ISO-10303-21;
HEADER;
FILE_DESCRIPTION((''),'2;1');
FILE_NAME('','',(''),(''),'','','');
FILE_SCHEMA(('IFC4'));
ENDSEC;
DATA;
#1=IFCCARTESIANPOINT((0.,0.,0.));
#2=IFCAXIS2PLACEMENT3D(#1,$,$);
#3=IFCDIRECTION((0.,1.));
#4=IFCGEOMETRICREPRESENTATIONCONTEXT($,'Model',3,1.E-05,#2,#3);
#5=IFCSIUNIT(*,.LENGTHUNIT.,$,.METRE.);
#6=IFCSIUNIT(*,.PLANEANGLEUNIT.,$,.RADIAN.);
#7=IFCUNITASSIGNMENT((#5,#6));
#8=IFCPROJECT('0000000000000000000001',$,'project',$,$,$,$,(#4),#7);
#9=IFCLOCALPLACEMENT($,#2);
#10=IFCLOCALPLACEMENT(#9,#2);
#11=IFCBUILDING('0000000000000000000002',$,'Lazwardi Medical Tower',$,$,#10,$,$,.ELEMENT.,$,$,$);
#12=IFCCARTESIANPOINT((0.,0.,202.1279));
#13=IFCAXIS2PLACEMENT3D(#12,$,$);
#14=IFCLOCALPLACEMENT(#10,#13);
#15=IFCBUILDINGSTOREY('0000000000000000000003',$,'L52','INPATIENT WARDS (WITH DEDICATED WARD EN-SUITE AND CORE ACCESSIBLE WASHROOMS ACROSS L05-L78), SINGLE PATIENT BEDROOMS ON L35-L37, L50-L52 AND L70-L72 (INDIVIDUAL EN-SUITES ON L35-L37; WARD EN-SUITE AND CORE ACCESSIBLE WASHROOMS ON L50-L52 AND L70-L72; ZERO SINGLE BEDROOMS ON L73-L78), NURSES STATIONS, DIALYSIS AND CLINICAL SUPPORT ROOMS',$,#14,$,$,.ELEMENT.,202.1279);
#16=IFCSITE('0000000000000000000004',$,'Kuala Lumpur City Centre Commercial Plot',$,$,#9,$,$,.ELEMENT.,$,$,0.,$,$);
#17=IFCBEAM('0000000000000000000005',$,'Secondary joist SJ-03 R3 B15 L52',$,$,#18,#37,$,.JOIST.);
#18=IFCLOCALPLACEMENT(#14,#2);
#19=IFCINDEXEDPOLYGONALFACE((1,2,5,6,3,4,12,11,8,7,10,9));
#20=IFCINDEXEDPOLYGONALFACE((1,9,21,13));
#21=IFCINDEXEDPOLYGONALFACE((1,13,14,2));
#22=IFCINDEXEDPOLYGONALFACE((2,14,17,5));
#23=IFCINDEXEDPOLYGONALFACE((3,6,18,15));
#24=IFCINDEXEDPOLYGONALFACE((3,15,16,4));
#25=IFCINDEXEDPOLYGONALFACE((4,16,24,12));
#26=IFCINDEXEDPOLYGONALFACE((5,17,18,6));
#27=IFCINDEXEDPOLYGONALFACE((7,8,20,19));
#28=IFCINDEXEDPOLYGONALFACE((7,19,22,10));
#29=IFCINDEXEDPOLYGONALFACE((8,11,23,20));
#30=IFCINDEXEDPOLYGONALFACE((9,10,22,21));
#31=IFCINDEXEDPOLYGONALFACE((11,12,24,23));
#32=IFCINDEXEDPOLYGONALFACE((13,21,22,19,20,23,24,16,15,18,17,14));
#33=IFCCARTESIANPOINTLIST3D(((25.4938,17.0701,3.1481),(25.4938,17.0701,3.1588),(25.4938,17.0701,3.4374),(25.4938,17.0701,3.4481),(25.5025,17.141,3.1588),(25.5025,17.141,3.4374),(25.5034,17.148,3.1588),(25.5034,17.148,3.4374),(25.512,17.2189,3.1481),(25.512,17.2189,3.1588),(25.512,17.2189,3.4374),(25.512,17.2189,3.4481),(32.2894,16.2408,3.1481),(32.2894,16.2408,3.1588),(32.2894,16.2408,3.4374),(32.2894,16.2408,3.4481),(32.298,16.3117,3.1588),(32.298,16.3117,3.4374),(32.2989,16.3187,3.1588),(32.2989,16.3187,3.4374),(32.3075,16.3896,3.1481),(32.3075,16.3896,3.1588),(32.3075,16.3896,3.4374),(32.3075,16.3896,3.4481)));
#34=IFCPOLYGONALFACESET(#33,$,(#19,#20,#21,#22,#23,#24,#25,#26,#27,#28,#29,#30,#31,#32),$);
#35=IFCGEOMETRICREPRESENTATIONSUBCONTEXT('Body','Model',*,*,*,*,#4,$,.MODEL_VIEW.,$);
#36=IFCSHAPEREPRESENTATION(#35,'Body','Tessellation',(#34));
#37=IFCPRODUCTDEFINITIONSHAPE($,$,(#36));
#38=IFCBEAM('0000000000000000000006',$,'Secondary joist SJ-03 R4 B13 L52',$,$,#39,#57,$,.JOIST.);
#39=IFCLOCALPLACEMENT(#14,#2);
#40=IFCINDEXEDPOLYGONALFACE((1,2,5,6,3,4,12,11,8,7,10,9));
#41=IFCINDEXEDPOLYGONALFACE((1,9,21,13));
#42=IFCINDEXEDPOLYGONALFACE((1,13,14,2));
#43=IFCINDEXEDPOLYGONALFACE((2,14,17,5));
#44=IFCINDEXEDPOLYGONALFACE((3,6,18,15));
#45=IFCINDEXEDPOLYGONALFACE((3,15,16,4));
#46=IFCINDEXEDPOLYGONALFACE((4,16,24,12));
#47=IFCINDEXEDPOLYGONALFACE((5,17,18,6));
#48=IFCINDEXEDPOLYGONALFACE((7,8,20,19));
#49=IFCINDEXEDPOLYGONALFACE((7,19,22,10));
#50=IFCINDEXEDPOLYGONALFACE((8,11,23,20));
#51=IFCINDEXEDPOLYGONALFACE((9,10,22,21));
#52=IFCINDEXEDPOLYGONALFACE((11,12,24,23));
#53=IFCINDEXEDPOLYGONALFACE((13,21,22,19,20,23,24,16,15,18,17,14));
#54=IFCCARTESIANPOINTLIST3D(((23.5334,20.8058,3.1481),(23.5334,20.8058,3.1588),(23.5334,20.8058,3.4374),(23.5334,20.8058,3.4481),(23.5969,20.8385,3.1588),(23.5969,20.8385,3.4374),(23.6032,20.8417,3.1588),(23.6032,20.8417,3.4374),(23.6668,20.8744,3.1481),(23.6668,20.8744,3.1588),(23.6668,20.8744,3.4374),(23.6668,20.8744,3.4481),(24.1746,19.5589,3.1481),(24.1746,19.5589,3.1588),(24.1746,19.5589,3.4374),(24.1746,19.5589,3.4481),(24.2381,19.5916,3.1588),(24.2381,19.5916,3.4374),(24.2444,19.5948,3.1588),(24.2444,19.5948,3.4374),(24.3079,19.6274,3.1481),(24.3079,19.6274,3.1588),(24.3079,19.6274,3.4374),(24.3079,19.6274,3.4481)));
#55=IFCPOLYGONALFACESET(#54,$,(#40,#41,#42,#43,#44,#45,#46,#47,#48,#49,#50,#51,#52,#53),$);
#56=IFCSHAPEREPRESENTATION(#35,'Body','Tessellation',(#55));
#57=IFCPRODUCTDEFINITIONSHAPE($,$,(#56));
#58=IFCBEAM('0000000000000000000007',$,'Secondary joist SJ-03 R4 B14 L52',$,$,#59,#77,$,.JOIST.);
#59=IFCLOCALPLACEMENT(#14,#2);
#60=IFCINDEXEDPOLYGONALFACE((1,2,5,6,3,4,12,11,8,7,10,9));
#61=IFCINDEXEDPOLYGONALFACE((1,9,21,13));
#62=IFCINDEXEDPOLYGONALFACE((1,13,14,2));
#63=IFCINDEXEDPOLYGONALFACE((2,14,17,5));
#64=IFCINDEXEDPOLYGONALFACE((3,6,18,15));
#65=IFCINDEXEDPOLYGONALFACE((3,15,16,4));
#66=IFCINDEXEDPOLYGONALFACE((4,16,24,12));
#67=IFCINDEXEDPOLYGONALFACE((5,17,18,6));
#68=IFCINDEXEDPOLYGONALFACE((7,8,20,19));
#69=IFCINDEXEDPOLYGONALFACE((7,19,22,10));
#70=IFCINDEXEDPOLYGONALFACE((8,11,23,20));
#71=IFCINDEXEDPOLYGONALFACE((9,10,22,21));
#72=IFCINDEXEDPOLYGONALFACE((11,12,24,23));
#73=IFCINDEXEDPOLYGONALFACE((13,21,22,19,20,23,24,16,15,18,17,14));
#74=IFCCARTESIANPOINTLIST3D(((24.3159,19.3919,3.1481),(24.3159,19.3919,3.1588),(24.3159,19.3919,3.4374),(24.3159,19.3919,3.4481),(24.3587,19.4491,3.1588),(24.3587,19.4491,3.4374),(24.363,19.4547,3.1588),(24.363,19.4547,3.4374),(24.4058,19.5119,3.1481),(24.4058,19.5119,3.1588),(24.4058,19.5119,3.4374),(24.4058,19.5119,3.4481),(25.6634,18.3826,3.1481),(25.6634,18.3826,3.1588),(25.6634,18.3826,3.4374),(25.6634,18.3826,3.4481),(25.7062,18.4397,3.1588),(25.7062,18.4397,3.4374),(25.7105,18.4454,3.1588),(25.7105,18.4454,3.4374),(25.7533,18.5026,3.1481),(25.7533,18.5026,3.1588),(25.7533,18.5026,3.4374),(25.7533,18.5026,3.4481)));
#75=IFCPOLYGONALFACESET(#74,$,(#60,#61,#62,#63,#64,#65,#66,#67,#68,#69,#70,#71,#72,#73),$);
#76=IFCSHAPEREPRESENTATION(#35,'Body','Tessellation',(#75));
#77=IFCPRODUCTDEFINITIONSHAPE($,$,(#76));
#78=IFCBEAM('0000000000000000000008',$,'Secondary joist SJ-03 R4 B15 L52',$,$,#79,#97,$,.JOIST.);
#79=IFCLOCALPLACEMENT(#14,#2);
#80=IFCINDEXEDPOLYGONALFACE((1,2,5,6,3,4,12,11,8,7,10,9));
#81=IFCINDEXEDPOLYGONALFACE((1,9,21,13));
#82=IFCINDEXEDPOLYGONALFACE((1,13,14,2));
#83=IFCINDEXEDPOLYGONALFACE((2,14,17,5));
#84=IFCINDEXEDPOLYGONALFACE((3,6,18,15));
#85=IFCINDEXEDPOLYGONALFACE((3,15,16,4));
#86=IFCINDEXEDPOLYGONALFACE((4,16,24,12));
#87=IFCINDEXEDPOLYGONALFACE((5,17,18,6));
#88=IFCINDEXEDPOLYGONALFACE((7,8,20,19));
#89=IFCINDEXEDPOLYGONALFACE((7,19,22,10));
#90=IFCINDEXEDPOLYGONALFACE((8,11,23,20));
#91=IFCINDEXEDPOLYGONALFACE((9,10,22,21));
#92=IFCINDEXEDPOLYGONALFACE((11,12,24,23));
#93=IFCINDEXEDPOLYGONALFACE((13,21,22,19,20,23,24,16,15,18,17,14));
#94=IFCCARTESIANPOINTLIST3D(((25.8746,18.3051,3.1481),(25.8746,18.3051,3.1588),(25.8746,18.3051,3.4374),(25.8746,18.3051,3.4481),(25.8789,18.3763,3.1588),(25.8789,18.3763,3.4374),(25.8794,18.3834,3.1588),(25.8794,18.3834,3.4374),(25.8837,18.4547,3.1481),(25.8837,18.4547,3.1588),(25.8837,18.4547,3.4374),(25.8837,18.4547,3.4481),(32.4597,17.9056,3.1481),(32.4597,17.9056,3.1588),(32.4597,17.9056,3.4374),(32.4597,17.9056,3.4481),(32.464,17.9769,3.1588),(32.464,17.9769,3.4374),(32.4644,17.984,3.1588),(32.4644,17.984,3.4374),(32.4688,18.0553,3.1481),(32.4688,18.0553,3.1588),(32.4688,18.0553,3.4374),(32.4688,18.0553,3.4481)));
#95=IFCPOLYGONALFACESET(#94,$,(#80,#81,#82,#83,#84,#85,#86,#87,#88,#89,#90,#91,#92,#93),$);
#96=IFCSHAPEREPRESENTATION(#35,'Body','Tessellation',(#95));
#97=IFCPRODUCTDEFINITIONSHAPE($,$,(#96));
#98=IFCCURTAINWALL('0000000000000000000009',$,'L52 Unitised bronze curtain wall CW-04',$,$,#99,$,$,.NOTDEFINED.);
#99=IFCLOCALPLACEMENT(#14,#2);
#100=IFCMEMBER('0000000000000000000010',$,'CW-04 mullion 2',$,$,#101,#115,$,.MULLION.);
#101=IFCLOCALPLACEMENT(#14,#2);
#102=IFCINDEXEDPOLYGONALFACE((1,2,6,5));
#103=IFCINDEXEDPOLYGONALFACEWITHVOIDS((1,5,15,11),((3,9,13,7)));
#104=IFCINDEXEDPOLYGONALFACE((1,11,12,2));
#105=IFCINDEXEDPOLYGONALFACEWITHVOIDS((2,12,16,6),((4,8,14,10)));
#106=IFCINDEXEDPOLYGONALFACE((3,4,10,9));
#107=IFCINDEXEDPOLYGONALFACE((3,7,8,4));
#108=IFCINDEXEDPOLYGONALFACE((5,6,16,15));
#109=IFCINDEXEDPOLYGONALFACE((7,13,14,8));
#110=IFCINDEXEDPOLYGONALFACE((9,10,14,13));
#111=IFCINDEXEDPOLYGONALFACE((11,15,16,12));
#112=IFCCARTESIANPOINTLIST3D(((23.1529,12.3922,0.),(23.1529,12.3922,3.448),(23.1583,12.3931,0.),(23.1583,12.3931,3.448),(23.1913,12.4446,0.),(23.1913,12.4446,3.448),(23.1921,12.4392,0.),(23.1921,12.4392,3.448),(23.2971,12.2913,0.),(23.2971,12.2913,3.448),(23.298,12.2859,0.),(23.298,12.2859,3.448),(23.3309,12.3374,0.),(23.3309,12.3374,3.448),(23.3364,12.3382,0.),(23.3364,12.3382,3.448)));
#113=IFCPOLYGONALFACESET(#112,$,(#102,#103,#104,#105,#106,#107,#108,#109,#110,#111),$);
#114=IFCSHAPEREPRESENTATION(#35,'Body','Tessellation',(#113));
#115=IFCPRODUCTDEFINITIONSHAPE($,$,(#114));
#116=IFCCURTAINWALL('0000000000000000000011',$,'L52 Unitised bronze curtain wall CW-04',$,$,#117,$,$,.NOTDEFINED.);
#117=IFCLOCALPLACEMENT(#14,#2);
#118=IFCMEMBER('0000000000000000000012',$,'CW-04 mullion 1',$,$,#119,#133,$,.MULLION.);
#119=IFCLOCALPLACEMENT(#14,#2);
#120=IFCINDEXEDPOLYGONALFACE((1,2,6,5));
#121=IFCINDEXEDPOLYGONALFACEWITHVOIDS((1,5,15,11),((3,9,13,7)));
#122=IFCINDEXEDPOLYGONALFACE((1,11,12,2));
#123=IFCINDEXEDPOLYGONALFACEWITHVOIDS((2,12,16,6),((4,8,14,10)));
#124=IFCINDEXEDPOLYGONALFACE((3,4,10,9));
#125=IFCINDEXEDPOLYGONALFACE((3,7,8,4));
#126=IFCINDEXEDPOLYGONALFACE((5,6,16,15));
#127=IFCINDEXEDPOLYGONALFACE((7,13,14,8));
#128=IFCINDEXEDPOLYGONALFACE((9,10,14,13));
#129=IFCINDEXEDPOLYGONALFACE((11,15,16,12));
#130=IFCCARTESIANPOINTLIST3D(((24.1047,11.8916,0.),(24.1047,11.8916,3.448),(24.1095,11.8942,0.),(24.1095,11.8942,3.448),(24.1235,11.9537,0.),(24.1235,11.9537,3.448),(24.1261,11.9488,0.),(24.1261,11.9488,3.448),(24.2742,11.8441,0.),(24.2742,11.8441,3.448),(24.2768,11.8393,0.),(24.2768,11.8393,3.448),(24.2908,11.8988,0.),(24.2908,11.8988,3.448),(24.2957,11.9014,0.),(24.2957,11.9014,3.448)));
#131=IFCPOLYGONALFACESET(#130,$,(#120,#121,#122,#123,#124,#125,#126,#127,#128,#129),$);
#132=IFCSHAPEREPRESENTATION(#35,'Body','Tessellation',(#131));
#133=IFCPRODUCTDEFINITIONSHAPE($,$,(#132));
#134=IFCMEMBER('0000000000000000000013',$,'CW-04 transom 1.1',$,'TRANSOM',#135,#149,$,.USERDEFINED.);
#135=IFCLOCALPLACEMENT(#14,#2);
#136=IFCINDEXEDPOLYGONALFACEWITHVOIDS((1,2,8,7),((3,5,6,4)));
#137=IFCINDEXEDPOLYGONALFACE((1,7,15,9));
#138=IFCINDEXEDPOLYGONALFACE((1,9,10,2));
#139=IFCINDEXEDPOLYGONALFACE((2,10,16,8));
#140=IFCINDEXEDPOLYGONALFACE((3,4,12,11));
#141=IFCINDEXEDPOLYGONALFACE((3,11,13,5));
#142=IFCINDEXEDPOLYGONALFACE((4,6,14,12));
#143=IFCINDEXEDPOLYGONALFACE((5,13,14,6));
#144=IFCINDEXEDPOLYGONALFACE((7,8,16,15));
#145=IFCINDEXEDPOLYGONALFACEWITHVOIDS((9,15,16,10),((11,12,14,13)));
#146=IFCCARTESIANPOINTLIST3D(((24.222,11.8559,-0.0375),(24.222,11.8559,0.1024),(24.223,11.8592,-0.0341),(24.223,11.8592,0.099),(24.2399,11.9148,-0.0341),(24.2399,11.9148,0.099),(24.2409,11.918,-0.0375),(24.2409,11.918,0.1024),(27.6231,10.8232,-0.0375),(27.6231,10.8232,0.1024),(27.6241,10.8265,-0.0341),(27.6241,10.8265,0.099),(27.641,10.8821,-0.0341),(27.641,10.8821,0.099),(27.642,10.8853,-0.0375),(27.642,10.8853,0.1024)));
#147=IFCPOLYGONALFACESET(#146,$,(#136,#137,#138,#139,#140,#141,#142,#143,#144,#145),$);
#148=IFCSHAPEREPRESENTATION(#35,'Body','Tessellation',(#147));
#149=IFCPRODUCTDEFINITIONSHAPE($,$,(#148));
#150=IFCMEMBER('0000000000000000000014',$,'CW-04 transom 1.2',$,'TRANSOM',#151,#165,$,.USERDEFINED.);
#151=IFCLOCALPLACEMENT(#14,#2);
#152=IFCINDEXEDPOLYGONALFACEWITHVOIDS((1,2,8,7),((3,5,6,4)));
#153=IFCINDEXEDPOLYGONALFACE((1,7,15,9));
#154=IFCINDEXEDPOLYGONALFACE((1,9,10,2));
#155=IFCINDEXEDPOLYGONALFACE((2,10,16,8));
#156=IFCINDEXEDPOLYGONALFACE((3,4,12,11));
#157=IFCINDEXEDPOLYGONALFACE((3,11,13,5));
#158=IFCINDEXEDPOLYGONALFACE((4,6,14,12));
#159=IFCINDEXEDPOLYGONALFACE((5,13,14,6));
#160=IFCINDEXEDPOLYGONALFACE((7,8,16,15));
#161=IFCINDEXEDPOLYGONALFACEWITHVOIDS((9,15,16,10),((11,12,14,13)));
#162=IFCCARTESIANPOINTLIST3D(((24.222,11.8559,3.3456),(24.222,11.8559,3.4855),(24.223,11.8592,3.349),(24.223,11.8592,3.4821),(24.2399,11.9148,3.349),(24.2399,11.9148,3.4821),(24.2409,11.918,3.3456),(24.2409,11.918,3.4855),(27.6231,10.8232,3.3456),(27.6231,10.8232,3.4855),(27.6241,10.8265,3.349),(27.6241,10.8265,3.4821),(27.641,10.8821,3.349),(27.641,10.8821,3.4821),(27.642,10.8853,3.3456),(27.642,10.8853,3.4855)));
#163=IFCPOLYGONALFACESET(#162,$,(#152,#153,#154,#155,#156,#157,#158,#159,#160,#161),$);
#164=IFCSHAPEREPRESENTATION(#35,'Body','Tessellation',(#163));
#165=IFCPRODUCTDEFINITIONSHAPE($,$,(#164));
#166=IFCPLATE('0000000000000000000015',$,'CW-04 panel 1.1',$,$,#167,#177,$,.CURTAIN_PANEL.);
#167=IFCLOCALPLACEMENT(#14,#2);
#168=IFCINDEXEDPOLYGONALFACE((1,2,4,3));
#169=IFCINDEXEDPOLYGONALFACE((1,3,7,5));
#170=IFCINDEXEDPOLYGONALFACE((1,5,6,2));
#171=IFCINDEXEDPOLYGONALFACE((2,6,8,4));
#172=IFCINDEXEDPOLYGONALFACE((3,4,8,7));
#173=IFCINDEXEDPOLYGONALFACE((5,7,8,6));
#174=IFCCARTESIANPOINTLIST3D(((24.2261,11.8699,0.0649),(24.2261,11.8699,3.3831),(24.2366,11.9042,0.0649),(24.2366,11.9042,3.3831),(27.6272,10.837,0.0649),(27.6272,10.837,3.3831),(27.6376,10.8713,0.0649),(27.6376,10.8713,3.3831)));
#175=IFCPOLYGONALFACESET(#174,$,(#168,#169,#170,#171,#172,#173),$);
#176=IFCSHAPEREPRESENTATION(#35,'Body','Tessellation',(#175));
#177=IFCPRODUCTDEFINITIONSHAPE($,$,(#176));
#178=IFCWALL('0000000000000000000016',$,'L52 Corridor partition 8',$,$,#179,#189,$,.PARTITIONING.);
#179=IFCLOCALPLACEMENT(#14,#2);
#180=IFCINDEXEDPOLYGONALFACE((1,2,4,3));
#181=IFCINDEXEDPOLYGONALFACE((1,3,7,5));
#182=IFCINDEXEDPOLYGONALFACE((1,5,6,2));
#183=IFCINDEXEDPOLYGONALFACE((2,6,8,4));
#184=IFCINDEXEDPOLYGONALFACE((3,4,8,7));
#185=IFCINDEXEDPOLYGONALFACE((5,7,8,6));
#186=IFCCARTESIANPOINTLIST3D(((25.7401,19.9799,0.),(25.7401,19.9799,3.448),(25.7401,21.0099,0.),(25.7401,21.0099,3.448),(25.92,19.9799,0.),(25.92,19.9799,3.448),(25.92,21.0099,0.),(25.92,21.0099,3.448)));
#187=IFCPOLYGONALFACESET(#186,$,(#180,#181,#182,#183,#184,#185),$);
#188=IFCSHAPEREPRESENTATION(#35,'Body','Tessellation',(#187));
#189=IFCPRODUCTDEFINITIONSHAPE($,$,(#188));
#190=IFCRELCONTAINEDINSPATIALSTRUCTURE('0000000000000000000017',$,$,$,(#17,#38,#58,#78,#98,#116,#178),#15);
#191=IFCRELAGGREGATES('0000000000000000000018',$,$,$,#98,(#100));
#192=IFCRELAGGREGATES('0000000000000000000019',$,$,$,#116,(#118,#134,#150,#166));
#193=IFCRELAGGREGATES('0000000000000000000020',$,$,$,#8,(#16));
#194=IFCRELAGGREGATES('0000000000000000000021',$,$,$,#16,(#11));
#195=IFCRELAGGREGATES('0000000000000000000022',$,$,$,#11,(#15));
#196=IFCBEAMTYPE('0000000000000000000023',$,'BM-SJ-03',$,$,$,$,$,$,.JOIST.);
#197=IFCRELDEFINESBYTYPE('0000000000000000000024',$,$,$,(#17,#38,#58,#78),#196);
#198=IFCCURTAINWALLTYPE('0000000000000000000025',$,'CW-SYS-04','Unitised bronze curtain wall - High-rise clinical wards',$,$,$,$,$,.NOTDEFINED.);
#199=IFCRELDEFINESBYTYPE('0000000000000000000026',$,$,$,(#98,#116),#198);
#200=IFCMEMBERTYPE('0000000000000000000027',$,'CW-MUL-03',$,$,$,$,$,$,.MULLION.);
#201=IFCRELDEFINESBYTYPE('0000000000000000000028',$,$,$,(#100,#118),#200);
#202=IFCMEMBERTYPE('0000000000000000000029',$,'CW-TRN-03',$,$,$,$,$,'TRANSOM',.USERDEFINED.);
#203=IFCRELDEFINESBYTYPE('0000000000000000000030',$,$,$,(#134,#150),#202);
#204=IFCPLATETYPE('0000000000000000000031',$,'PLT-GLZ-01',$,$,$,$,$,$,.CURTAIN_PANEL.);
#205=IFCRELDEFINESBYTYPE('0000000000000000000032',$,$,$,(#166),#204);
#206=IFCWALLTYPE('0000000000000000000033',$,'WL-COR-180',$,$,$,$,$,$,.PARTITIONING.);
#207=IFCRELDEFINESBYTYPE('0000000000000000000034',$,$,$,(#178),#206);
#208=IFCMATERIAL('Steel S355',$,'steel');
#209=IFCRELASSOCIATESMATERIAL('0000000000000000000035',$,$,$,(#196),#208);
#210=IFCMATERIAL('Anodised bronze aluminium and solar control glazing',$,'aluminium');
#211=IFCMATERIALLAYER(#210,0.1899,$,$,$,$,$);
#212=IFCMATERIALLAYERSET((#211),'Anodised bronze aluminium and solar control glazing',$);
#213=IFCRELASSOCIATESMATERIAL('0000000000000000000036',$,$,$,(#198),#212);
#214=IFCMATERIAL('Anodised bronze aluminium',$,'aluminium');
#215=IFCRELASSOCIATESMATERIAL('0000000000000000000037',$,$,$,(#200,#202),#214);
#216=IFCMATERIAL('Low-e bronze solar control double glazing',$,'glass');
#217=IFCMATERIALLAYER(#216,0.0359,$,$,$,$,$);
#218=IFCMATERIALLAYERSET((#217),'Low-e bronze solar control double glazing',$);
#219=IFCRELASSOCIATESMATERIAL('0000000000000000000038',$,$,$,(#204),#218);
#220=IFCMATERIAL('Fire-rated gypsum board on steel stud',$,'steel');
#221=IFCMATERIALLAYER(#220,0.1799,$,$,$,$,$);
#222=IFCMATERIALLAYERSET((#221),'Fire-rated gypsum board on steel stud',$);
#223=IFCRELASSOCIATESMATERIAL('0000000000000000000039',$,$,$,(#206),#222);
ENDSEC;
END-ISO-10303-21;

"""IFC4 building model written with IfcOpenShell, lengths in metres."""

from ifc_helpers import new_model, si_unit, direction, frame, frame_2d, origin, origin_2d, place, context, subcontext, project, spatial, rectangle, hollow_rectangle, i_section, extrude, material, layer, layer_set, material_profile, profile_set, type_object, element, aggregate, save


model = new_model("IFC4")

# Units and contexts
model_context = context("Model", 3, precision=1e-05, world=origin(), true_north=direction((0.0, 1.0)))
body_context = subcontext(model_context, "Body", "Model", "MODEL_VIEW")
ifc_project = project(units=[si_unit("LENGTHUNIT", "METRE"), si_unit("PLANEANGLEUNIT", "RADIAN")], contexts=[model_context])

# Site, building, storey
site_placement = place(None, origin())
site = spatial("IfcSite", under=ifc_project, at=site_placement, Name="Kuala Lumpur City Centre Commercial Plot", CompositionType="ELEMENT", RefElevation=0.0)
building_placement = place(site_placement, origin())
building = spatial("IfcBuilding", under=site, at=building_placement, Name="Lazwardi Medical Tower", CompositionType="ELEMENT")
storey_placement = place(building_placement, frame((0.0, 0.0, 202.1279)))
storey = spatial("IfcBuildingStorey", under=building, at=storey_placement, Name="L52", Description="INPATIENT WARDS (WITH DEDICATED WARD EN-SUITE AND CORE ACCESSIBLE WASHROOMS ACROSS L05-L78), SINGLE PATIENT BEDROOMS ON L35-L37, L50-L52 AND L70-L72 (INDIVIDUAL EN-SUITES ON L35-L37; WARD EN-SUITE AND CORE ACCESSIBLE WASHROOMS ON L50-L52 AND L70-L72; ZERO SINGLE BEDROOMS ON L73-L78), NURSES STATIONS, DIALYSIS AND CLINICAL SUPPORT ROOMS", CompositionType="ELEMENT", Elevation=202.1279)

# Beams
ifc_material_1 = material(Name="Steel S355", Category="steel")
ifc_material_profile_1 = material_profile(ifc_material_1, i_section(OverallWidth=0.1499, OverallDepth=0.3, WebThickness=0.0071, FlangeThickness=0.0107, at=origin_2d()), Name="IPE 300")
ifc_profile_set_1 = profile_set([ifc_material_profile_1], Name="Steel S355")
beam_type_1 = type_object("IfcBeamType", Name="BM-SJ-03", PredefinedType="JOIST", material=ifc_profile_set_1)
beam_1_placement = place(storey_placement, frame((25.5029, 17.1445, 3.2981), z_axis=(0.992635, -0.121146, 0.0), x_axis=(0.121146, 0.992635, 0.0)))
element("IfcBeam", 1, at=beam_1_placement, inside=storey, type_object=beam_type_1, Name="Secondary joist SJ-03 R3 B15 L52", PredefinedType="JOIST", context=body_context, shape_type="SweptSolid", body=[
    extrude(i_section(OverallWidth=0.1499, OverallDepth=0.3, WebThickness=0.0071, FlangeThickness=0.0107, at=origin_2d()), origin(), (0.0, 0.0, 1.0), 6.8459),
])
beam_2_placement = place(storey_placement, frame((23.6001, 20.8401, 3.2981), z_axis=(0.457285, -0.88932, 0.0), x_axis=(0.88932, 0.457285, 0.0)))
element("IfcBeam", 2, at=beam_2_placement, inside=storey, type_object=beam_type_1, Name="Secondary joist SJ-03 R4 B13 L52", PredefinedType="JOIST", context=body_context, shape_type="SweptSolid", body=[
    extrude(i_section(OverallWidth=0.1499, OverallDepth=0.3, WebThickness=0.0071, FlangeThickness=0.0107, at=origin_2d()), origin(), (0.0, 0.0, 1.0), 1.4021),
])
beam_3_placement = place(storey_placement, frame((24.3608, 19.4519, 3.2981), z_axis=(0.800365, -0.599513, 0.0), x_axis=(0.599513, 0.800365, 0.0)))
element("IfcBeam", 3, at=beam_3_placement, inside=storey, type_object=beam_type_1, Name="Secondary joist SJ-03 R4 B14 L52", PredefinedType="JOIST", context=body_context, shape_type="SweptSolid", body=[
    extrude(i_section(OverallWidth=0.1499, OverallDepth=0.3, WebThickness=0.0071, FlangeThickness=0.0107, at=origin_2d()), origin(), (0.0, 0.0, 1.0), 1.6836),
])
beam_4_placement = place(storey_placement, frame((25.8792, 18.3799, 3.2981), z_axis=(0.998166, -0.060544, 0.0), x_axis=(0.060544, 0.998166, 0.0)))
element("IfcBeam", 4, at=beam_4_placement, inside=storey, type_object=beam_type_1, Name="Secondary joist SJ-03 R4 B15 L52", PredefinedType="JOIST", context=body_context, shape_type="SweptSolid", body=[
    extrude(i_section(OverallWidth=0.1499, OverallDepth=0.3, WebThickness=0.0071, FlangeThickness=0.0107, at=origin_2d()), origin(), (0.0, 0.0, 1.0), 6.5972),
])

# Curtain wall, member
ifc_material_2 = material(Name="Anodised bronze aluminium and solar control glazing", Category="aluminium")
ifc_layer_1 = layer(ifc_material_2, 0.1899)
ifc_layer_set_1 = layer_set([ifc_layer_1], Name="Anodised bronze aluminium and solar control glazing")
curtain_wall_type = type_object("IfcCurtainWallType", Name="CW-SYS-04", Description="Unitised bronze curtain wall - High-rise clinical wards", PredefinedType="NOTDEFINED", material=ifc_layer_set_1)
curtain_wall_1_placement = place(storey_placement, origin())
curtain_wall_1 = element("IfcCurtainWall", 5, at=curtain_wall_1_placement, inside=storey, type_object=curtain_wall_type, Name="L52 Unitised bronze curtain wall CW-04", PredefinedType="NOTDEFINED")
ifc_material_3 = material(Name="Anodised bronze aluminium", Category="aluminium")
ifc_material_profile_2 = material_profile(ifc_material_3, hollow_rectangle(XDim=0.0649, YDim=0.1799, WallThickness=0.0039, at=origin_2d()), Name="ALU-MULLION 180x65x4")
ifc_profile_set_2 = profile_set([ifc_material_profile_2], Name="Anodised bronze aluminium")
member_type_1 = type_object("IfcMemberType", Name="CW-MUL-03", PredefinedType="MULLION", material=ifc_profile_set_2)
member_1_placement = place(storey_placement, frame((23.2446, 12.3652, 0.0), z_axis=(0.0, 0.0, 1.0), x_axis=(0.591268, 0.806475, 0.0)))
member_1 = element("IfcMember", 6, at=member_1_placement, type_object=member_type_1, Name="CW-04 mullion 2", PredefinedType="MULLION", context=body_context, shape_type="SweptSolid", body=[
    extrude(hollow_rectangle(XDim=0.0649, YDim=0.1799, WallThickness=0.0039, at=origin_2d()), origin(), (0.0, 0.0, 1.0), 3.448),
])
aggregate(curtain_wall_1, [member_1])

# Curtain wall, members, plate
curtain_wall_2_placement = place(storey_placement, origin())
curtain_wall_2 = element("IfcCurtainWall", 7, at=curtain_wall_2_placement, inside=storey, type_object=curtain_wall_type, Name="L52 Unitised bronze curtain wall CW-04", PredefinedType="NOTDEFINED")
member_2_placement = place(storey_placement, frame((24.2002, 11.8965, 0.0), z_axis=(0.0, 0.0, 1.0), x_axis=(0.290582, 0.95685, 0.0)))
member_2 = element("IfcMember", 8, at=member_2_placement, type_object=member_type_1, Name="CW-04 mullion 1", PredefinedType="MULLION", context=body_context, shape_type="SweptSolid", body=[
    extrude(hollow_rectangle(XDim=0.0649, YDim=0.1799, WallThickness=0.0039, at=origin_2d()), origin(), (0.0, 0.0, 1.0), 3.448),
])
ifc_material_profile_3 = material_profile(ifc_material_3, hollow_rectangle(XDim=0.0649, YDim=0.1399, WallThickness=0.0034, at=origin_2d()), Name="ALU-TRANSOM 140x65x3.5")
ifc_profile_set_3 = profile_set([ifc_material_profile_3], Name="Anodised bronze aluminium")
member_type_2 = type_object("IfcMemberType", Name="CW-TRN-03", ElementType="TRANSOM", PredefinedType="USERDEFINED", material=ifc_profile_set_3)
member_3_placement = place(storey_placement, frame((24.2314, 11.887, 0.0325), z_axis=(0.956863, -0.290541, 0.0), x_axis=(0.290541, 0.956863, 0.0)))
member_3 = element("IfcMember", 9, at=member_3_placement, type_object=member_type_2, Name="CW-04 transom 1.1", ObjectType="TRANSOM", PredefinedType="USERDEFINED", context=body_context, shape_type="SweptSolid", body=[
    extrude(hollow_rectangle(XDim=0.0649, YDim=0.1399, WallThickness=0.0034, at=origin_2d()), origin(), (0.0, 0.0, 1.0), 3.5544),
])
member_4_placement = place(storey_placement, frame((24.2314, 11.887, 3.4155), z_axis=(0.956863, -0.290541, 0.0), x_axis=(0.290541, 0.956863, 0.0)))
member_4 = element("IfcMember", 10, at=member_4_placement, type_object=member_type_2, Name="CW-04 transom 1.2", ObjectType="TRANSOM", PredefinedType="USERDEFINED", context=body_context, shape_type="SweptSolid", body=[
    extrude(hollow_rectangle(XDim=0.0649, YDim=0.1399, WallThickness=0.0034, at=origin_2d()), origin(), (0.0, 0.0, 1.0), 3.5544),
])
ifc_material_4 = material(Name="Low-e bronze solar control double glazing", Category="glass")
ifc_layer_2 = layer(ifc_material_4, 0.0359)
ifc_layer_set_2 = layer_set([ifc_layer_2], Name="Low-e bronze solar control double glazing")
plate_type = type_object("IfcPlateType", Name="PLT-GLZ-01", PredefinedType="CURTAIN_PANEL", material=ifc_layer_set_2)
plate_placement = place(storey_placement, frame((25.9319, 11.3706, 0.0649), z_axis=(0.0, 0.0, 1.0), x_axis=(0.95685, -0.290582, 0.0)))
plate = element("IfcPlate", 11, at=plate_placement, type_object=plate_type, Name="CW-04 panel 1.1", PredefinedType="CURTAIN_PANEL", context=body_context, shape_type="SweptSolid", body=[
    extrude(rectangle(XDim=3.5544, YDim=0.0359, at=origin_2d()), origin(), (0.0, 0.0, 1.0), 3.3181),
])
aggregate(curtain_wall_2, [member_2, member_3, member_4, plate])

# Wall
ifc_material_5 = material(Name="Fire-rated gypsum board on steel stud", Category="steel")
ifc_layer_3 = layer(ifc_material_5, 0.1799)
ifc_layer_set_3 = layer_set([ifc_layer_3], Name="Fire-rated gypsum board on steel stud")
wall_type = type_object("IfcWallType", Name="WL-COR-180", PredefinedType="PARTITIONING", material=ifc_layer_set_3)
wall_1_placement = place(storey_placement, frame((25.8301, 21.01, 0.0), z_axis=(0.0, 0.0, 1.0), x_axis=(0.0, -1.0, 0.0)))
element("IfcWall", 12, at=wall_1_placement, inside=storey, type_object=wall_type, Name="L52 Corridor partition 8", PredefinedType="PARTITIONING", context=body_context, shape_type="SweptSolid", body=[
    extrude(rectangle(XDim=1.03, YDim=0.1799, at=frame_2d((0.5151, 0.0))), origin(), (0.0, 0.0, 1.0), 3.448),
])

save(model, "model.ifc")
